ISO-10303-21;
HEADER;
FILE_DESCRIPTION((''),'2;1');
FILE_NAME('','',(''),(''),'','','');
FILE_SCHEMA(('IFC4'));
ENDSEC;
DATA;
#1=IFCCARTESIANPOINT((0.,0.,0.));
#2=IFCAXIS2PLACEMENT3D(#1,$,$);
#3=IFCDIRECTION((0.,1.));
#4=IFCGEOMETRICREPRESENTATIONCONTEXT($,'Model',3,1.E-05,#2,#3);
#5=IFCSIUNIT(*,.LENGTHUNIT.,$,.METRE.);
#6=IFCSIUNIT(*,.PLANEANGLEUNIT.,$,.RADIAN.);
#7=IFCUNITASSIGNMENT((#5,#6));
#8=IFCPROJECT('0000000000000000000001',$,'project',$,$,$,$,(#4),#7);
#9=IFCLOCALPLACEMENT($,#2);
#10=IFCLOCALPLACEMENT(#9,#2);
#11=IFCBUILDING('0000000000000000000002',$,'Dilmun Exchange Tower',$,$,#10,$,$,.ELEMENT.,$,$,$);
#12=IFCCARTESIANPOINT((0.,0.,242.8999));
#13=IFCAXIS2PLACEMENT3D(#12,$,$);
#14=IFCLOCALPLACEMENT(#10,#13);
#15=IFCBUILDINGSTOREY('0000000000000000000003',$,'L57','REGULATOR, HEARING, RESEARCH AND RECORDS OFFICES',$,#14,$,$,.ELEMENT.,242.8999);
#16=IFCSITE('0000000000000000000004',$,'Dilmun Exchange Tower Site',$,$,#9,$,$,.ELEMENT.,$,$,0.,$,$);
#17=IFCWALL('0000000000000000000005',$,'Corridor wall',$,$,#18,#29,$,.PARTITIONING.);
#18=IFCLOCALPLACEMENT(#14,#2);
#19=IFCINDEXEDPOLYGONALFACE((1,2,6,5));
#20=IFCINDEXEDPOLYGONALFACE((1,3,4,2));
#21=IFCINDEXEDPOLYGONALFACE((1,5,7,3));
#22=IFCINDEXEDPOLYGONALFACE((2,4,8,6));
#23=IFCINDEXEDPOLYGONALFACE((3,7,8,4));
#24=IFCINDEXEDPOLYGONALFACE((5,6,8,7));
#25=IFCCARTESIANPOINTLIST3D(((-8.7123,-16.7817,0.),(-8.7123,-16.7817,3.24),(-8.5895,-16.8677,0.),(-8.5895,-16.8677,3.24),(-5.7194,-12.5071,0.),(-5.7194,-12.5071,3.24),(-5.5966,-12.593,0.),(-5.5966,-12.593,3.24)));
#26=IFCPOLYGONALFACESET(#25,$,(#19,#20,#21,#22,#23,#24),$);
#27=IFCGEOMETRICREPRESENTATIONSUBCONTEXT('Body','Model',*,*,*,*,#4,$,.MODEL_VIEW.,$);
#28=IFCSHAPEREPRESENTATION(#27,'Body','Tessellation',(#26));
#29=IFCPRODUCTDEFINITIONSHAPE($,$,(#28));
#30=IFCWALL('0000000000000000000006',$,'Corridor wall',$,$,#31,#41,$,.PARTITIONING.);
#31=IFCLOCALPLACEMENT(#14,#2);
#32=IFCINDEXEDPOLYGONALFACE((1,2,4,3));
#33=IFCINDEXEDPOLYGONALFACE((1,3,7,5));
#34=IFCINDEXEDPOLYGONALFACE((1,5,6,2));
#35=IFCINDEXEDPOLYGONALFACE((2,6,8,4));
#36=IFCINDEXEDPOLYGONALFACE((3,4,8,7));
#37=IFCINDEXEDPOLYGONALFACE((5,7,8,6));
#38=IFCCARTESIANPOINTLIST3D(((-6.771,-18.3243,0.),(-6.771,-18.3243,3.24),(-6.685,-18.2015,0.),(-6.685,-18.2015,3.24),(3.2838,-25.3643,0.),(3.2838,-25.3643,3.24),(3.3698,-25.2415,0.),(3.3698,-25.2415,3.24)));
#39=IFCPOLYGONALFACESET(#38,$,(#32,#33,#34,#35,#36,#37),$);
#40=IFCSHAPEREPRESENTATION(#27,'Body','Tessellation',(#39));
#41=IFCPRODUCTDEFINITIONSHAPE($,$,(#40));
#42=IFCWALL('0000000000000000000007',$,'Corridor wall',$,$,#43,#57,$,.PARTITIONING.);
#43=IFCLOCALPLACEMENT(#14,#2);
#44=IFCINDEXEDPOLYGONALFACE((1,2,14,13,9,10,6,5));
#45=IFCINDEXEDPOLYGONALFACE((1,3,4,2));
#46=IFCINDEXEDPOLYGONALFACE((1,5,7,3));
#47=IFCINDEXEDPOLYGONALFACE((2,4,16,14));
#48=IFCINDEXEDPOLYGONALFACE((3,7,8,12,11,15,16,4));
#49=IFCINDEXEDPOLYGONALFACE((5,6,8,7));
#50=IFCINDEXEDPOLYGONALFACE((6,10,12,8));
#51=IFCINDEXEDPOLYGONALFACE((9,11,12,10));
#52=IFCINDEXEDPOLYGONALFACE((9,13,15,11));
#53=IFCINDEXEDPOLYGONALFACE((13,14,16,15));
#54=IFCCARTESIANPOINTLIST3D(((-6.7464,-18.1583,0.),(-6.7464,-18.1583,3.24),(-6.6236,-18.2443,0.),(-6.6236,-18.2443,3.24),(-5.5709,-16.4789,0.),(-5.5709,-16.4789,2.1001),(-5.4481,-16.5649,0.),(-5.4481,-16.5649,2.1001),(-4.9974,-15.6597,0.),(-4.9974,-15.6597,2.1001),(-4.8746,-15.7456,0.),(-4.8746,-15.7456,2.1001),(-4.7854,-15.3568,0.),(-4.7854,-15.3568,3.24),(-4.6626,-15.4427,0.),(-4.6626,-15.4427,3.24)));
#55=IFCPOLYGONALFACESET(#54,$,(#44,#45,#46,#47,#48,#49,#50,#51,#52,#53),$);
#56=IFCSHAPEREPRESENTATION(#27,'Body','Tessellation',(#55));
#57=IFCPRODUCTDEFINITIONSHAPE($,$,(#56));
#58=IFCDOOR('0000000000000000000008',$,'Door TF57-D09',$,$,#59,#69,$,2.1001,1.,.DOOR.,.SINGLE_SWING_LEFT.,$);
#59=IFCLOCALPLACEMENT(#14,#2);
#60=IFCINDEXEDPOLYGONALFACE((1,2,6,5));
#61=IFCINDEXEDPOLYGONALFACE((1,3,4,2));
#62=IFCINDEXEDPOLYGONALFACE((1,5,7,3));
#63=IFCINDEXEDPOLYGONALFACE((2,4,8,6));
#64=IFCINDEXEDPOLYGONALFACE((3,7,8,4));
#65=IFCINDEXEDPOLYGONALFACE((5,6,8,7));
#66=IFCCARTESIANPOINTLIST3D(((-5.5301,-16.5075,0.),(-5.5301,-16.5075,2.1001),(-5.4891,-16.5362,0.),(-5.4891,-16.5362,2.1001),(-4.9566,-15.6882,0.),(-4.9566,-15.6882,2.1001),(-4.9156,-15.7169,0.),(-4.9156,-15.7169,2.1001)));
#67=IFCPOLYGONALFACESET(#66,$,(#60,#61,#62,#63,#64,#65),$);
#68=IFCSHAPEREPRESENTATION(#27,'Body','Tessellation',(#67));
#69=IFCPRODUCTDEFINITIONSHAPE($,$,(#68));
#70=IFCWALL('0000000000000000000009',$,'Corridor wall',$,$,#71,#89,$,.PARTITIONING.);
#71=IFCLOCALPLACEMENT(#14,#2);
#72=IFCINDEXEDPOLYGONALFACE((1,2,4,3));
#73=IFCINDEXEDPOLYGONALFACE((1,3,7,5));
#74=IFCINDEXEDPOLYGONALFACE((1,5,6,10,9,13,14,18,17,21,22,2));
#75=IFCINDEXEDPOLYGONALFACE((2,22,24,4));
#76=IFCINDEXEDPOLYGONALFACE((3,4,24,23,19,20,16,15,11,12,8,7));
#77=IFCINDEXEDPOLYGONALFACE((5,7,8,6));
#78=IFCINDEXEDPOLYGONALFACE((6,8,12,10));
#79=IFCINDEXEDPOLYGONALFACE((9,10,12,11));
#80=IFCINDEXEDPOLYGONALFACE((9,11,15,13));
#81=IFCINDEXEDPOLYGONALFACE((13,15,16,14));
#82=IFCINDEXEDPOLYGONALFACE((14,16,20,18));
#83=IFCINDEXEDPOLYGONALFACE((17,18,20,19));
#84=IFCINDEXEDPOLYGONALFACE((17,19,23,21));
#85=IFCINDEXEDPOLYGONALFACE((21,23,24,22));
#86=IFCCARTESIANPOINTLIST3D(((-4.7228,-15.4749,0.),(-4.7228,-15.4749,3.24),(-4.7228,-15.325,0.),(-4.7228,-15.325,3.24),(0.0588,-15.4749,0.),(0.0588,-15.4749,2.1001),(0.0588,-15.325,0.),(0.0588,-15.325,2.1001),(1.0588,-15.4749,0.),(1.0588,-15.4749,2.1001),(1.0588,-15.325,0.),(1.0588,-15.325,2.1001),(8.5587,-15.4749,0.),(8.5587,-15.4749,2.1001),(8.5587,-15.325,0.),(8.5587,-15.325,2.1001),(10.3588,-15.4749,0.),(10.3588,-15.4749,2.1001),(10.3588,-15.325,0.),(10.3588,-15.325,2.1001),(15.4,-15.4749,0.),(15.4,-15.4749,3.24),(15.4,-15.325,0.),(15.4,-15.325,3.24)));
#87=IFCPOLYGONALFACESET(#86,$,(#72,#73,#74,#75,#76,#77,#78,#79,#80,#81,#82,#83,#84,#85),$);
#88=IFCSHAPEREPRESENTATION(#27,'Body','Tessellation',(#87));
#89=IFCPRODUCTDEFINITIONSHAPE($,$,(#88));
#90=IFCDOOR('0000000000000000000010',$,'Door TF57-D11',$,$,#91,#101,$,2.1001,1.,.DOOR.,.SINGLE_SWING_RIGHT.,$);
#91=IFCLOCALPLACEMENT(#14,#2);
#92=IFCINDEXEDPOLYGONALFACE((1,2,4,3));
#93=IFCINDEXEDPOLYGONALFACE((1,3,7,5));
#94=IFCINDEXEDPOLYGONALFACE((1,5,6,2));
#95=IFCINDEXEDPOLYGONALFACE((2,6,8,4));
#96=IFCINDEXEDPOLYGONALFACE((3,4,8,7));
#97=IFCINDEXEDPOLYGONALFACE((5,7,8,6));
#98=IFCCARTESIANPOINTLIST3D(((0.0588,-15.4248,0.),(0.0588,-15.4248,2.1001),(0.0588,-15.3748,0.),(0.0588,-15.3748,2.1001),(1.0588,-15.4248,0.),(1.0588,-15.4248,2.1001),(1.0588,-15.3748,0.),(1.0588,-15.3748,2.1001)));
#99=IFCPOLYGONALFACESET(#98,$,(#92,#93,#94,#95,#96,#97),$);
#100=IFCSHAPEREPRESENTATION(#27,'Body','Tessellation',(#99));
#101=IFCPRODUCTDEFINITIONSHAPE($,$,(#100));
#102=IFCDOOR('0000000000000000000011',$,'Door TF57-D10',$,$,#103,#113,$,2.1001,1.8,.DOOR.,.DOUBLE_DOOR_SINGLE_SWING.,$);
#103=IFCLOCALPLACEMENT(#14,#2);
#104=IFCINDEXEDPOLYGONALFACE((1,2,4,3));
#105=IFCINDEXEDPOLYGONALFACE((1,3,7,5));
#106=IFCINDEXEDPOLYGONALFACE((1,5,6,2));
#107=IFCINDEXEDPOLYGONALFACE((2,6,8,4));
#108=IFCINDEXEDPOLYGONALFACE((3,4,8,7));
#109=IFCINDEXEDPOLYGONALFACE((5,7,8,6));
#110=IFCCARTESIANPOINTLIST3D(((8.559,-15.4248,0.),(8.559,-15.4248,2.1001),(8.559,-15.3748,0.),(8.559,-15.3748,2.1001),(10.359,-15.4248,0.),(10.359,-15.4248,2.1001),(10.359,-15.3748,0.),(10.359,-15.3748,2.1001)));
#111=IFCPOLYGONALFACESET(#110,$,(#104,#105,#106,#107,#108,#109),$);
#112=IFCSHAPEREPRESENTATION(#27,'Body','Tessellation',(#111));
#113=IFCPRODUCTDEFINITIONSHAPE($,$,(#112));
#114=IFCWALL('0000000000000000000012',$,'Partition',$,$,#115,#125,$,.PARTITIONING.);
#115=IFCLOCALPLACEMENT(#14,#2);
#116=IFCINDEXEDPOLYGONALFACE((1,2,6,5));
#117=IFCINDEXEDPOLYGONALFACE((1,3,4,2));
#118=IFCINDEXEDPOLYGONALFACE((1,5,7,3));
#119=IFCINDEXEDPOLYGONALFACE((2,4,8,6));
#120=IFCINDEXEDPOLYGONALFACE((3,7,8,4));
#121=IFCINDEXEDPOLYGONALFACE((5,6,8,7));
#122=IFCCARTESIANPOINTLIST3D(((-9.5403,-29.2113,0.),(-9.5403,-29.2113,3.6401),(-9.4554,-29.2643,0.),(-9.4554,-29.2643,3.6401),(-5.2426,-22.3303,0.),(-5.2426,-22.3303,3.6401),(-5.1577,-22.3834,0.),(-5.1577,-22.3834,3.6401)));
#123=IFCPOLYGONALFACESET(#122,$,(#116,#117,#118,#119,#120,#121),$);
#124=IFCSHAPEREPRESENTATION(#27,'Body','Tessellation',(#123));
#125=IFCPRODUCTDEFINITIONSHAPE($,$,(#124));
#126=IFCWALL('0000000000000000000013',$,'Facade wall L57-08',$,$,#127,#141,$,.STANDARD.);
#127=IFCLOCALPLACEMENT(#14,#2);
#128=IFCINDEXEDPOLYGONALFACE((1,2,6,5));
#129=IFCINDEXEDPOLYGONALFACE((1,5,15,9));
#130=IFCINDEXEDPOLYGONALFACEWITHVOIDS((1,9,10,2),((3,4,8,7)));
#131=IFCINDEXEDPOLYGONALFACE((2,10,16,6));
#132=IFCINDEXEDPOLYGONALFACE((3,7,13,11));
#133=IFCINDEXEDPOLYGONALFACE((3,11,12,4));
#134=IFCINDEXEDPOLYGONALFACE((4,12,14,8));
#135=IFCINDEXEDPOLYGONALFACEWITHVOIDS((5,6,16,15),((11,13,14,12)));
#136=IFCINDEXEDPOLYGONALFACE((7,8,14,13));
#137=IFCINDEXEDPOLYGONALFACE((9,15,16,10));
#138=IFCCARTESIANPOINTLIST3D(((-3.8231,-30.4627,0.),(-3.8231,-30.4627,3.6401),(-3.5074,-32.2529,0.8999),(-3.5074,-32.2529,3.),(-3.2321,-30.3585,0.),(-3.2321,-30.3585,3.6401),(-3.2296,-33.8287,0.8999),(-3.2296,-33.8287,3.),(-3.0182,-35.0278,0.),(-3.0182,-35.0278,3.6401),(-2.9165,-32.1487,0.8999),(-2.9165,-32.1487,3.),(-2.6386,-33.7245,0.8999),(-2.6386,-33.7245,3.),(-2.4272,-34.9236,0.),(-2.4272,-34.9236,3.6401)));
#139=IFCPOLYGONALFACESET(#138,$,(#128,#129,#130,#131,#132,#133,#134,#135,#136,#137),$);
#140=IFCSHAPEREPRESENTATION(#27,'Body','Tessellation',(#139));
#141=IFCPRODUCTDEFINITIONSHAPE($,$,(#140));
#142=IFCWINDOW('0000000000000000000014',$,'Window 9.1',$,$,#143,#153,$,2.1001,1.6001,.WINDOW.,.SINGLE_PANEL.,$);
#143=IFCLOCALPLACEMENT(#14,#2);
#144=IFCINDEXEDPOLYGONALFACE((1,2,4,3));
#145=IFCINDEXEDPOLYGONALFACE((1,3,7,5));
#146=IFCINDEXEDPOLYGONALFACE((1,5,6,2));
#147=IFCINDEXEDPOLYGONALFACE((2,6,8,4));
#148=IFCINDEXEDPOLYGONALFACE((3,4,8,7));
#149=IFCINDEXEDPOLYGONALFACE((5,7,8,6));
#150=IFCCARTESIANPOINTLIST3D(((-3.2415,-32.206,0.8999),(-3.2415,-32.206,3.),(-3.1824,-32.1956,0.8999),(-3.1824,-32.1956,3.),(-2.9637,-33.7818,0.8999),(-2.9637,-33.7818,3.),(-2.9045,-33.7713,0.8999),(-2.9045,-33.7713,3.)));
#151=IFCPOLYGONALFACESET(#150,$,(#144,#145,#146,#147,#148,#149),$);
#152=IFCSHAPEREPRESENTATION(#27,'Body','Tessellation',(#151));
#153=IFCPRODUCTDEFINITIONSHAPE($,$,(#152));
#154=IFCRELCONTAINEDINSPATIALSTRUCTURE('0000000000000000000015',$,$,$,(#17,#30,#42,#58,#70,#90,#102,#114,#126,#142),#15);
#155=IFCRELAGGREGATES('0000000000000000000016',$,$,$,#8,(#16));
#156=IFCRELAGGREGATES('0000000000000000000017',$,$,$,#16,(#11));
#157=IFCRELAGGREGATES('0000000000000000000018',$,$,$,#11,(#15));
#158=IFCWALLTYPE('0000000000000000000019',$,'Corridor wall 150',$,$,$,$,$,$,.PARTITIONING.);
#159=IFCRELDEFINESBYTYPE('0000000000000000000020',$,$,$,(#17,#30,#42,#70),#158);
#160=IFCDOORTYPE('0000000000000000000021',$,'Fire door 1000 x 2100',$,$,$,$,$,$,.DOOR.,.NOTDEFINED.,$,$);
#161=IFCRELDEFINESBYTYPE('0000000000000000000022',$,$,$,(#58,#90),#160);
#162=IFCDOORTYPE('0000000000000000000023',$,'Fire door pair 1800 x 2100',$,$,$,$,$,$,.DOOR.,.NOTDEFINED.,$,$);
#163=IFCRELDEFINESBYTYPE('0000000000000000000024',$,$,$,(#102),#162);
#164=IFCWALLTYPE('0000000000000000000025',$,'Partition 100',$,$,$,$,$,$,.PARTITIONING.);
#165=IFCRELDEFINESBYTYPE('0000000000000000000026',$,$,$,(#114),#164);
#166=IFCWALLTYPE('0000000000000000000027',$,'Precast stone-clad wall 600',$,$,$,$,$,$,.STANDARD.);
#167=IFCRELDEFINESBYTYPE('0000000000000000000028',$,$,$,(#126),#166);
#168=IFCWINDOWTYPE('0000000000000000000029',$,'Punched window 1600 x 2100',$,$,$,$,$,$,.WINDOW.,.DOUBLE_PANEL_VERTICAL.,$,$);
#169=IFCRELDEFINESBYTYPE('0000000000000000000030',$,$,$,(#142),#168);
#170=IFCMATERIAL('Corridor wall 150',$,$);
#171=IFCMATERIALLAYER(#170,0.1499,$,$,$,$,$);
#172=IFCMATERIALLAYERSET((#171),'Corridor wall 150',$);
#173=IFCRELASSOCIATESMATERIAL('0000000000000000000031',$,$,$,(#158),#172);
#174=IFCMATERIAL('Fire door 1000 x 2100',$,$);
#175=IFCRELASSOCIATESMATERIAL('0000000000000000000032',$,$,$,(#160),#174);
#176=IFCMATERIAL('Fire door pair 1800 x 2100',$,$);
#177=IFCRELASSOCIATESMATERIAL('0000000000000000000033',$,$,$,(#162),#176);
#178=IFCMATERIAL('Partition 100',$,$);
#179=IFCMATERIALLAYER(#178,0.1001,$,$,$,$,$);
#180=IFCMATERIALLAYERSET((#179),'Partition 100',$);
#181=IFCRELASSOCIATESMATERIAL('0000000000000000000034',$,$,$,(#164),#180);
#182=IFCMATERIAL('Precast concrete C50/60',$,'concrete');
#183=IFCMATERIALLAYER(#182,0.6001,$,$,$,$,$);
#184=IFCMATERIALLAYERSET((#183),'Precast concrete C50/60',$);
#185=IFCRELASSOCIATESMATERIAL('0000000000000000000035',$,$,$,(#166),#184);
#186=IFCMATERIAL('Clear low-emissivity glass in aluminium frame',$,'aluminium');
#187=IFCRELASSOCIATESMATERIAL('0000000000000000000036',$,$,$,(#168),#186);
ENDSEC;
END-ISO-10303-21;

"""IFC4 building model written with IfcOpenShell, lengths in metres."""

from ifc_helpers import new_model, si_unit, direction, frame, frame_2d, origin, place, context, subcontext, project, spatial, rectangle, extrude, material, layer, layer_set, type_object, element, fill, save


model = new_model("IFC4")

# Units and contexts
model_context = context("Model", 3, precision=1e-05, world=origin(), true_north=direction((0.0, 1.0)))
body_context = subcontext(model_context, "Body", "Model", "MODEL_VIEW")
ifc_project = project(units=[si_unit("LENGTHUNIT", "METRE"), si_unit("PLANEANGLEUNIT", "RADIAN")], contexts=[model_context])

# Site, building, storey
site_placement = place(None, origin())
site = spatial("IfcSite", under=ifc_project, at=site_placement, Name="Dilmun Exchange Tower Site", CompositionType="ELEMENT", RefElevation=0.0)
building_placement = place(site_placement, origin())
building = spatial("IfcBuilding", under=site, at=building_placement, Name="Dilmun Exchange Tower", CompositionType="ELEMENT")
storey_placement = place(building_placement, frame((0.0, 0.0, 242.8999)))
storey = spatial("IfcBuildingStorey", under=building, at=storey_placement, Name="L57", Description="REGULATOR, HEARING, RESEARCH AND RECORDS OFFICES", CompositionType="ELEMENT", Elevation=242.8999)

# Walls
ifc_material_1 = material(Name="Corridor wall 150")
ifc_layer_1 = layer(ifc_material_1, 0.1499)
ifc_layer_set_1 = layer_set([ifc_layer_1], Name="Corridor wall 150")
wall_type_1 = type_object("IfcWallType", Name="Corridor wall 150", PredefinedType="PARTITIONING", material=ifc_layer_set_1)
wall_1_placement = place(storey_placement, frame((-8.6509, -16.8247, 0.0), z_axis=(0.0, 0.0, 1.0), x_axis=(0.573547, 0.819173, 0.0)))
element("IfcWall", 1, at=wall_1_placement, inside=storey, type_object=wall_type_1, Name="Corridor wall", PredefinedType="PARTITIONING", context=body_context, shape_type="SweptSolid", body=[
    extrude(rectangle(XDim=5.2183, YDim=0.1499, at=frame_2d((2.6091, 0.0))), origin(), (0.0, 0.0, 1.0), 3.24),
])
wall_2_placement = place(storey_placement, frame((-6.728, -18.2629, 0.0), z_axis=(0.0, 0.0, 1.0), x_axis=(0.819171, -0.573549, 0.0)))
element("IfcWall", 2, at=wall_2_placement, inside=storey, type_object=wall_type_1, Name="Corridor wall", PredefinedType="PARTITIONING", context=body_context, shape_type="SweptSolid", body=[
    extrude(rectangle(XDim=12.2744, YDim=0.1499, at=frame_2d((6.1372, 0.0))), origin(), (0.0, 0.0, 1.0), 3.24),
])

# Wall, opening, door
wall_3_placement = place(storey_placement, frame((-6.6851, -18.2014, 0.0), z_axis=(0.0, 0.0, 1.0), x_axis=(0.573438, 0.819249, 0.0)))
wall_3 = element("IfcWall", 3, at=wall_3_placement, inside=storey, type_object=wall_type_1, Name="Corridor wall", PredefinedType="PARTITIONING", context=body_context, shape_type="SweptSolid", body=[
    extrude(rectangle(XDim=3.4197, YDim=0.1499, at=frame_2d((1.71, 0.0))), origin(), (0.0, 0.0, 1.0), 3.24),
])
opening_1_placement = place(wall_3_placement, frame((2.05, 0.0, 0.0)))
opening_1 = element("IfcOpeningElement", 4, at=opening_1_placement, cuts=wall_3, PredefinedType="OPENING", context=body_context, shape_type="SweptSolid", body=[
    extrude(rectangle(XDim=1.0, YDim=2.1001, at=frame_2d((0.5, 1.05))), frame((0.0, 0.085, 0.0), z_axis=(0.0, -1.0, 0.0), x_axis=(1.0, 0.0, 0.0)), (0.0, 0.0, 1.0), 0.1699),
])
ifc_material_2 = material(Name="Fire door 1000 x 2100")
door_type_1 = type_object("IfcDoorType", Name="Fire door 1000 x 2100", OperationType="NOTDEFINED", PredefinedType="DOOR", material=ifc_material_2)
door_1_placement = place(opening_1_placement, frame((1.0, 0.0, 0.0), z_axis=(0.0, 0.0, 1.0), x_axis=(-1.0, 0.0, 0.0)))
door_1 = element("IfcDoor", 5, at=door_1_placement, inside=storey, type_object=door_type_1, Name="Door TF57-D09", OperationType="SINGLE_SWING_LEFT", OverallHeight=2.1001, OverallWidth=1.0, PredefinedType="DOOR", context=body_context, shape_type="SweptSolid", body=[
    extrude(rectangle(XDim=1.0, YDim=2.1001, at=frame_2d((0.5, 1.05))), frame((0.0, 0.0249, 0.0), z_axis=(0.0, -1.0, 0.0), x_axis=(1.0, 0.0, 0.0)), (0.0, 0.0, 1.0), 0.05),
])
fill(opening_1, door_1)

# Wall, openings, doors
wall_4_placement = place(storey_placement, frame((-4.7229, -15.3999, 0.0), z_axis=(0.0, 0.0, 1.0), x_axis=(1.0, 0.0, 0.0)))
wall_4 = element("IfcWall", 6, at=wall_4_placement, inside=storey, type_object=wall_type_1, Name="Corridor wall", PredefinedType="PARTITIONING", context=body_context, shape_type="SweptSolid", body=[
    extrude(rectangle(XDim=20.1228, YDim=0.1499, at=frame_2d((10.0615, 0.0))), origin(), (0.0, 0.0, 1.0), 3.24),
])
opening_2_placement = place(wall_4_placement, frame((13.2817, 0.0, 0.0)))
opening_2 = element("IfcOpeningElement", 7, at=opening_2_placement, cuts=wall_4, PredefinedType="OPENING", context=body_context, shape_type="SweptSolid", body=[
    extrude(rectangle(XDim=1.8, YDim=2.1001, at=frame_2d((0.8999, 1.05))), frame((0.0, 0.085, 0.0), z_axis=(0.0, -1.0, 0.0), x_axis=(1.0, 0.0, 0.0)), (0.0, 0.0, 1.0), 0.1699),
])
opening_3_placement = place(wall_4_placement, frame((4.7817, 0.0, 0.0)))
opening_3 = element("IfcOpeningElement", 8, at=opening_3_placement, cuts=wall_4, PredefinedType="OPENING", context=body_context, shape_type="SweptSolid", body=[
    extrude(rectangle(XDim=1.0, YDim=2.1001, at=frame_2d((0.5, 1.05))), frame((0.0, 0.085, 0.0), z_axis=(0.0, -1.0, 0.0), x_axis=(1.0, 0.0, 0.0)), (0.0, 0.0, 1.0), 0.1699),
])
door_2_placement = place(opening_3_placement, frame((1.0, 0.0, 0.0), z_axis=(0.0, 0.0, 1.0), x_axis=(-1.0, 0.0, 0.0)))
door_2 = element("IfcDoor", 9, at=door_2_placement, inside=storey, type_object=door_type_1, Name="Door TF57-D11", OperationType="SINGLE_SWING_RIGHT", OverallHeight=2.1001, OverallWidth=1.0, PredefinedType="DOOR", context=body_context, shape_type="SweptSolid", body=[
    extrude(rectangle(XDim=1.0, YDim=2.1001, at=frame_2d((0.5, 1.05))), frame((0.0, 0.0249, 0.0), z_axis=(0.0, -1.0, 0.0), x_axis=(1.0, 0.0, 0.0)), (0.0, 0.0, 1.0), 0.05),
])
fill(opening_3, door_2)
ifc_material_3 = material(Name="Fire door pair 1800 x 2100")
door_type_2 = type_object("IfcDoorType", Name="Fire door pair 1800 x 2100", OperationType="NOTDEFINED", PredefinedType="DOOR", material=ifc_material_3)
door_3_placement = place(opening_2_placement, frame((1.8, 0.0, 0.0), z_axis=(0.0, 0.0, 1.0), x_axis=(-1.0, 0.0, 0.0)))
door_3 = element("IfcDoor", 10, at=door_3_placement, inside=storey, type_object=door_type_2, Name="Door TF57-D10", OperationType="DOUBLE_DOOR_SINGLE_SWING", OverallHeight=2.1001, OverallWidth=1.8, PredefinedType="DOOR", context=body_context, shape_type="SweptSolid", body=[
    extrude(rectangle(XDim=1.8, YDim=2.1001, at=frame_2d((0.8999, 1.05))), frame((0.0, 0.0249, 0.0), z_axis=(0.0, -1.0, 0.0), x_axis=(1.0, 0.0, 0.0)), (0.0, 0.0, 1.0), 0.05),
])
fill(opening_2, door_3)

# Wall
ifc_material_4 = material(Name="Partition 100")
ifc_layer_2 = layer(ifc_material_4, 0.1001)
ifc_layer_set_2 = layer_set([ifc_layer_2], Name="Partition 100")
wall_type_2 = type_object("IfcWallType", Name="Partition 100", PredefinedType="PARTITIONING", material=ifc_layer_set_2)
wall_5_placement = place(storey_placement, frame((-9.4978, -29.2378, 0.0), z_axis=(0.0, 0.0, 1.0), x_axis=(0.529739, 0.848161, 0.0)))
element("IfcWall", 11, at=wall_5_placement, inside=storey, type_object=wall_type_2, Name="Partition", PredefinedType="PARTITIONING", context=body_context, shape_type="SweptSolid", body=[
    extrude(rectangle(XDim=8.1128, YDim=0.1001, at=frame_2d((4.0564, 0.0))), origin(), (0.0, 0.0, 1.0), 3.6401),
])

# Wall, opening, window
ifc_material_5 = material(Name="Precast concrete C50/60", Category="concrete")
ifc_layer_3 = layer(ifc_material_5, 0.6001)
ifc_layer_set_3 = layer_set([ifc_layer_3], Name="Precast concrete C50/60")
wall_type_3 = type_object("IfcWallType", Name="Precast stone-clad wall 600", PredefinedType="STANDARD", material=ifc_layer_set_3)
wall_6_placement = place(storey_placement, frame((-2.7227, -34.9758, 0.0), z_axis=(0.0, 0.0, 1.0), x_axis=(-0.173641, 0.984809, 0.0)))
wall_6 = element("IfcWall", 12, at=wall_6_placement, inside=storey, type_object=wall_type_3, Name="Facade wall L57-08", PredefinedType="STANDARD", context=body_context, shape_type="SweptSolid", body=[
    extrude(rectangle(XDim=4.6355, YDim=0.6001, at=frame_2d((2.3179, 0.0))), origin(), (0.0, 0.0, 1.0), 3.6401),
])
opening_4_placement = place(wall_6_placement, frame((1.2178, 0.0, 0.8999)))
opening_4 = element("IfcOpeningElement", 13, at=opening_4_placement, cuts=wall_6, PredefinedType="OPENING", context=body_context, shape_type="SweptSolid", body=[
    extrude(rectangle(XDim=1.6001, YDim=2.1001, at=frame_2d((0.8, 1.05))), frame((0.0, 0.3101, 0.0), z_axis=(0.0, -1.0, 0.0), x_axis=(1.0, 0.0, 0.0)), (0.0, 0.0, 1.0), 0.6201),
])
ifc_material_6 = material(Name="Clear low-emissivity glass in aluminium frame", Category="aluminium")
window_type = type_object("IfcWindowType", Name="Punched window 1600 x 2100", PartitioningType="DOUBLE_PANEL_VERTICAL", PredefinedType="WINDOW", material=ifc_material_6)
window_1_placement = place(opening_4_placement, origin())
window_1 = element("IfcWindow", 14, at=window_1_placement, inside=storey, type_object=window_type, Name="Window 9.1", OverallHeight=2.1001, OverallWidth=1.6001, PartitioningType="SINGLE_PANEL", PredefinedType="WINDOW", context=body_context, shape_type="SweptSolid", body=[
    extrude(rectangle(XDim=1.6001, YDim=2.1001, at=frame_2d((0.8, 1.05))), frame((0.0, 0.03, 0.0), z_axis=(0.0, -1.0, 0.0), x_axis=(1.0, 0.0, 0.0)), (0.0, 0.0, 1.0), 0.0601),
])
fill(opening_4, window_1)

save(model, "model.ifc")
